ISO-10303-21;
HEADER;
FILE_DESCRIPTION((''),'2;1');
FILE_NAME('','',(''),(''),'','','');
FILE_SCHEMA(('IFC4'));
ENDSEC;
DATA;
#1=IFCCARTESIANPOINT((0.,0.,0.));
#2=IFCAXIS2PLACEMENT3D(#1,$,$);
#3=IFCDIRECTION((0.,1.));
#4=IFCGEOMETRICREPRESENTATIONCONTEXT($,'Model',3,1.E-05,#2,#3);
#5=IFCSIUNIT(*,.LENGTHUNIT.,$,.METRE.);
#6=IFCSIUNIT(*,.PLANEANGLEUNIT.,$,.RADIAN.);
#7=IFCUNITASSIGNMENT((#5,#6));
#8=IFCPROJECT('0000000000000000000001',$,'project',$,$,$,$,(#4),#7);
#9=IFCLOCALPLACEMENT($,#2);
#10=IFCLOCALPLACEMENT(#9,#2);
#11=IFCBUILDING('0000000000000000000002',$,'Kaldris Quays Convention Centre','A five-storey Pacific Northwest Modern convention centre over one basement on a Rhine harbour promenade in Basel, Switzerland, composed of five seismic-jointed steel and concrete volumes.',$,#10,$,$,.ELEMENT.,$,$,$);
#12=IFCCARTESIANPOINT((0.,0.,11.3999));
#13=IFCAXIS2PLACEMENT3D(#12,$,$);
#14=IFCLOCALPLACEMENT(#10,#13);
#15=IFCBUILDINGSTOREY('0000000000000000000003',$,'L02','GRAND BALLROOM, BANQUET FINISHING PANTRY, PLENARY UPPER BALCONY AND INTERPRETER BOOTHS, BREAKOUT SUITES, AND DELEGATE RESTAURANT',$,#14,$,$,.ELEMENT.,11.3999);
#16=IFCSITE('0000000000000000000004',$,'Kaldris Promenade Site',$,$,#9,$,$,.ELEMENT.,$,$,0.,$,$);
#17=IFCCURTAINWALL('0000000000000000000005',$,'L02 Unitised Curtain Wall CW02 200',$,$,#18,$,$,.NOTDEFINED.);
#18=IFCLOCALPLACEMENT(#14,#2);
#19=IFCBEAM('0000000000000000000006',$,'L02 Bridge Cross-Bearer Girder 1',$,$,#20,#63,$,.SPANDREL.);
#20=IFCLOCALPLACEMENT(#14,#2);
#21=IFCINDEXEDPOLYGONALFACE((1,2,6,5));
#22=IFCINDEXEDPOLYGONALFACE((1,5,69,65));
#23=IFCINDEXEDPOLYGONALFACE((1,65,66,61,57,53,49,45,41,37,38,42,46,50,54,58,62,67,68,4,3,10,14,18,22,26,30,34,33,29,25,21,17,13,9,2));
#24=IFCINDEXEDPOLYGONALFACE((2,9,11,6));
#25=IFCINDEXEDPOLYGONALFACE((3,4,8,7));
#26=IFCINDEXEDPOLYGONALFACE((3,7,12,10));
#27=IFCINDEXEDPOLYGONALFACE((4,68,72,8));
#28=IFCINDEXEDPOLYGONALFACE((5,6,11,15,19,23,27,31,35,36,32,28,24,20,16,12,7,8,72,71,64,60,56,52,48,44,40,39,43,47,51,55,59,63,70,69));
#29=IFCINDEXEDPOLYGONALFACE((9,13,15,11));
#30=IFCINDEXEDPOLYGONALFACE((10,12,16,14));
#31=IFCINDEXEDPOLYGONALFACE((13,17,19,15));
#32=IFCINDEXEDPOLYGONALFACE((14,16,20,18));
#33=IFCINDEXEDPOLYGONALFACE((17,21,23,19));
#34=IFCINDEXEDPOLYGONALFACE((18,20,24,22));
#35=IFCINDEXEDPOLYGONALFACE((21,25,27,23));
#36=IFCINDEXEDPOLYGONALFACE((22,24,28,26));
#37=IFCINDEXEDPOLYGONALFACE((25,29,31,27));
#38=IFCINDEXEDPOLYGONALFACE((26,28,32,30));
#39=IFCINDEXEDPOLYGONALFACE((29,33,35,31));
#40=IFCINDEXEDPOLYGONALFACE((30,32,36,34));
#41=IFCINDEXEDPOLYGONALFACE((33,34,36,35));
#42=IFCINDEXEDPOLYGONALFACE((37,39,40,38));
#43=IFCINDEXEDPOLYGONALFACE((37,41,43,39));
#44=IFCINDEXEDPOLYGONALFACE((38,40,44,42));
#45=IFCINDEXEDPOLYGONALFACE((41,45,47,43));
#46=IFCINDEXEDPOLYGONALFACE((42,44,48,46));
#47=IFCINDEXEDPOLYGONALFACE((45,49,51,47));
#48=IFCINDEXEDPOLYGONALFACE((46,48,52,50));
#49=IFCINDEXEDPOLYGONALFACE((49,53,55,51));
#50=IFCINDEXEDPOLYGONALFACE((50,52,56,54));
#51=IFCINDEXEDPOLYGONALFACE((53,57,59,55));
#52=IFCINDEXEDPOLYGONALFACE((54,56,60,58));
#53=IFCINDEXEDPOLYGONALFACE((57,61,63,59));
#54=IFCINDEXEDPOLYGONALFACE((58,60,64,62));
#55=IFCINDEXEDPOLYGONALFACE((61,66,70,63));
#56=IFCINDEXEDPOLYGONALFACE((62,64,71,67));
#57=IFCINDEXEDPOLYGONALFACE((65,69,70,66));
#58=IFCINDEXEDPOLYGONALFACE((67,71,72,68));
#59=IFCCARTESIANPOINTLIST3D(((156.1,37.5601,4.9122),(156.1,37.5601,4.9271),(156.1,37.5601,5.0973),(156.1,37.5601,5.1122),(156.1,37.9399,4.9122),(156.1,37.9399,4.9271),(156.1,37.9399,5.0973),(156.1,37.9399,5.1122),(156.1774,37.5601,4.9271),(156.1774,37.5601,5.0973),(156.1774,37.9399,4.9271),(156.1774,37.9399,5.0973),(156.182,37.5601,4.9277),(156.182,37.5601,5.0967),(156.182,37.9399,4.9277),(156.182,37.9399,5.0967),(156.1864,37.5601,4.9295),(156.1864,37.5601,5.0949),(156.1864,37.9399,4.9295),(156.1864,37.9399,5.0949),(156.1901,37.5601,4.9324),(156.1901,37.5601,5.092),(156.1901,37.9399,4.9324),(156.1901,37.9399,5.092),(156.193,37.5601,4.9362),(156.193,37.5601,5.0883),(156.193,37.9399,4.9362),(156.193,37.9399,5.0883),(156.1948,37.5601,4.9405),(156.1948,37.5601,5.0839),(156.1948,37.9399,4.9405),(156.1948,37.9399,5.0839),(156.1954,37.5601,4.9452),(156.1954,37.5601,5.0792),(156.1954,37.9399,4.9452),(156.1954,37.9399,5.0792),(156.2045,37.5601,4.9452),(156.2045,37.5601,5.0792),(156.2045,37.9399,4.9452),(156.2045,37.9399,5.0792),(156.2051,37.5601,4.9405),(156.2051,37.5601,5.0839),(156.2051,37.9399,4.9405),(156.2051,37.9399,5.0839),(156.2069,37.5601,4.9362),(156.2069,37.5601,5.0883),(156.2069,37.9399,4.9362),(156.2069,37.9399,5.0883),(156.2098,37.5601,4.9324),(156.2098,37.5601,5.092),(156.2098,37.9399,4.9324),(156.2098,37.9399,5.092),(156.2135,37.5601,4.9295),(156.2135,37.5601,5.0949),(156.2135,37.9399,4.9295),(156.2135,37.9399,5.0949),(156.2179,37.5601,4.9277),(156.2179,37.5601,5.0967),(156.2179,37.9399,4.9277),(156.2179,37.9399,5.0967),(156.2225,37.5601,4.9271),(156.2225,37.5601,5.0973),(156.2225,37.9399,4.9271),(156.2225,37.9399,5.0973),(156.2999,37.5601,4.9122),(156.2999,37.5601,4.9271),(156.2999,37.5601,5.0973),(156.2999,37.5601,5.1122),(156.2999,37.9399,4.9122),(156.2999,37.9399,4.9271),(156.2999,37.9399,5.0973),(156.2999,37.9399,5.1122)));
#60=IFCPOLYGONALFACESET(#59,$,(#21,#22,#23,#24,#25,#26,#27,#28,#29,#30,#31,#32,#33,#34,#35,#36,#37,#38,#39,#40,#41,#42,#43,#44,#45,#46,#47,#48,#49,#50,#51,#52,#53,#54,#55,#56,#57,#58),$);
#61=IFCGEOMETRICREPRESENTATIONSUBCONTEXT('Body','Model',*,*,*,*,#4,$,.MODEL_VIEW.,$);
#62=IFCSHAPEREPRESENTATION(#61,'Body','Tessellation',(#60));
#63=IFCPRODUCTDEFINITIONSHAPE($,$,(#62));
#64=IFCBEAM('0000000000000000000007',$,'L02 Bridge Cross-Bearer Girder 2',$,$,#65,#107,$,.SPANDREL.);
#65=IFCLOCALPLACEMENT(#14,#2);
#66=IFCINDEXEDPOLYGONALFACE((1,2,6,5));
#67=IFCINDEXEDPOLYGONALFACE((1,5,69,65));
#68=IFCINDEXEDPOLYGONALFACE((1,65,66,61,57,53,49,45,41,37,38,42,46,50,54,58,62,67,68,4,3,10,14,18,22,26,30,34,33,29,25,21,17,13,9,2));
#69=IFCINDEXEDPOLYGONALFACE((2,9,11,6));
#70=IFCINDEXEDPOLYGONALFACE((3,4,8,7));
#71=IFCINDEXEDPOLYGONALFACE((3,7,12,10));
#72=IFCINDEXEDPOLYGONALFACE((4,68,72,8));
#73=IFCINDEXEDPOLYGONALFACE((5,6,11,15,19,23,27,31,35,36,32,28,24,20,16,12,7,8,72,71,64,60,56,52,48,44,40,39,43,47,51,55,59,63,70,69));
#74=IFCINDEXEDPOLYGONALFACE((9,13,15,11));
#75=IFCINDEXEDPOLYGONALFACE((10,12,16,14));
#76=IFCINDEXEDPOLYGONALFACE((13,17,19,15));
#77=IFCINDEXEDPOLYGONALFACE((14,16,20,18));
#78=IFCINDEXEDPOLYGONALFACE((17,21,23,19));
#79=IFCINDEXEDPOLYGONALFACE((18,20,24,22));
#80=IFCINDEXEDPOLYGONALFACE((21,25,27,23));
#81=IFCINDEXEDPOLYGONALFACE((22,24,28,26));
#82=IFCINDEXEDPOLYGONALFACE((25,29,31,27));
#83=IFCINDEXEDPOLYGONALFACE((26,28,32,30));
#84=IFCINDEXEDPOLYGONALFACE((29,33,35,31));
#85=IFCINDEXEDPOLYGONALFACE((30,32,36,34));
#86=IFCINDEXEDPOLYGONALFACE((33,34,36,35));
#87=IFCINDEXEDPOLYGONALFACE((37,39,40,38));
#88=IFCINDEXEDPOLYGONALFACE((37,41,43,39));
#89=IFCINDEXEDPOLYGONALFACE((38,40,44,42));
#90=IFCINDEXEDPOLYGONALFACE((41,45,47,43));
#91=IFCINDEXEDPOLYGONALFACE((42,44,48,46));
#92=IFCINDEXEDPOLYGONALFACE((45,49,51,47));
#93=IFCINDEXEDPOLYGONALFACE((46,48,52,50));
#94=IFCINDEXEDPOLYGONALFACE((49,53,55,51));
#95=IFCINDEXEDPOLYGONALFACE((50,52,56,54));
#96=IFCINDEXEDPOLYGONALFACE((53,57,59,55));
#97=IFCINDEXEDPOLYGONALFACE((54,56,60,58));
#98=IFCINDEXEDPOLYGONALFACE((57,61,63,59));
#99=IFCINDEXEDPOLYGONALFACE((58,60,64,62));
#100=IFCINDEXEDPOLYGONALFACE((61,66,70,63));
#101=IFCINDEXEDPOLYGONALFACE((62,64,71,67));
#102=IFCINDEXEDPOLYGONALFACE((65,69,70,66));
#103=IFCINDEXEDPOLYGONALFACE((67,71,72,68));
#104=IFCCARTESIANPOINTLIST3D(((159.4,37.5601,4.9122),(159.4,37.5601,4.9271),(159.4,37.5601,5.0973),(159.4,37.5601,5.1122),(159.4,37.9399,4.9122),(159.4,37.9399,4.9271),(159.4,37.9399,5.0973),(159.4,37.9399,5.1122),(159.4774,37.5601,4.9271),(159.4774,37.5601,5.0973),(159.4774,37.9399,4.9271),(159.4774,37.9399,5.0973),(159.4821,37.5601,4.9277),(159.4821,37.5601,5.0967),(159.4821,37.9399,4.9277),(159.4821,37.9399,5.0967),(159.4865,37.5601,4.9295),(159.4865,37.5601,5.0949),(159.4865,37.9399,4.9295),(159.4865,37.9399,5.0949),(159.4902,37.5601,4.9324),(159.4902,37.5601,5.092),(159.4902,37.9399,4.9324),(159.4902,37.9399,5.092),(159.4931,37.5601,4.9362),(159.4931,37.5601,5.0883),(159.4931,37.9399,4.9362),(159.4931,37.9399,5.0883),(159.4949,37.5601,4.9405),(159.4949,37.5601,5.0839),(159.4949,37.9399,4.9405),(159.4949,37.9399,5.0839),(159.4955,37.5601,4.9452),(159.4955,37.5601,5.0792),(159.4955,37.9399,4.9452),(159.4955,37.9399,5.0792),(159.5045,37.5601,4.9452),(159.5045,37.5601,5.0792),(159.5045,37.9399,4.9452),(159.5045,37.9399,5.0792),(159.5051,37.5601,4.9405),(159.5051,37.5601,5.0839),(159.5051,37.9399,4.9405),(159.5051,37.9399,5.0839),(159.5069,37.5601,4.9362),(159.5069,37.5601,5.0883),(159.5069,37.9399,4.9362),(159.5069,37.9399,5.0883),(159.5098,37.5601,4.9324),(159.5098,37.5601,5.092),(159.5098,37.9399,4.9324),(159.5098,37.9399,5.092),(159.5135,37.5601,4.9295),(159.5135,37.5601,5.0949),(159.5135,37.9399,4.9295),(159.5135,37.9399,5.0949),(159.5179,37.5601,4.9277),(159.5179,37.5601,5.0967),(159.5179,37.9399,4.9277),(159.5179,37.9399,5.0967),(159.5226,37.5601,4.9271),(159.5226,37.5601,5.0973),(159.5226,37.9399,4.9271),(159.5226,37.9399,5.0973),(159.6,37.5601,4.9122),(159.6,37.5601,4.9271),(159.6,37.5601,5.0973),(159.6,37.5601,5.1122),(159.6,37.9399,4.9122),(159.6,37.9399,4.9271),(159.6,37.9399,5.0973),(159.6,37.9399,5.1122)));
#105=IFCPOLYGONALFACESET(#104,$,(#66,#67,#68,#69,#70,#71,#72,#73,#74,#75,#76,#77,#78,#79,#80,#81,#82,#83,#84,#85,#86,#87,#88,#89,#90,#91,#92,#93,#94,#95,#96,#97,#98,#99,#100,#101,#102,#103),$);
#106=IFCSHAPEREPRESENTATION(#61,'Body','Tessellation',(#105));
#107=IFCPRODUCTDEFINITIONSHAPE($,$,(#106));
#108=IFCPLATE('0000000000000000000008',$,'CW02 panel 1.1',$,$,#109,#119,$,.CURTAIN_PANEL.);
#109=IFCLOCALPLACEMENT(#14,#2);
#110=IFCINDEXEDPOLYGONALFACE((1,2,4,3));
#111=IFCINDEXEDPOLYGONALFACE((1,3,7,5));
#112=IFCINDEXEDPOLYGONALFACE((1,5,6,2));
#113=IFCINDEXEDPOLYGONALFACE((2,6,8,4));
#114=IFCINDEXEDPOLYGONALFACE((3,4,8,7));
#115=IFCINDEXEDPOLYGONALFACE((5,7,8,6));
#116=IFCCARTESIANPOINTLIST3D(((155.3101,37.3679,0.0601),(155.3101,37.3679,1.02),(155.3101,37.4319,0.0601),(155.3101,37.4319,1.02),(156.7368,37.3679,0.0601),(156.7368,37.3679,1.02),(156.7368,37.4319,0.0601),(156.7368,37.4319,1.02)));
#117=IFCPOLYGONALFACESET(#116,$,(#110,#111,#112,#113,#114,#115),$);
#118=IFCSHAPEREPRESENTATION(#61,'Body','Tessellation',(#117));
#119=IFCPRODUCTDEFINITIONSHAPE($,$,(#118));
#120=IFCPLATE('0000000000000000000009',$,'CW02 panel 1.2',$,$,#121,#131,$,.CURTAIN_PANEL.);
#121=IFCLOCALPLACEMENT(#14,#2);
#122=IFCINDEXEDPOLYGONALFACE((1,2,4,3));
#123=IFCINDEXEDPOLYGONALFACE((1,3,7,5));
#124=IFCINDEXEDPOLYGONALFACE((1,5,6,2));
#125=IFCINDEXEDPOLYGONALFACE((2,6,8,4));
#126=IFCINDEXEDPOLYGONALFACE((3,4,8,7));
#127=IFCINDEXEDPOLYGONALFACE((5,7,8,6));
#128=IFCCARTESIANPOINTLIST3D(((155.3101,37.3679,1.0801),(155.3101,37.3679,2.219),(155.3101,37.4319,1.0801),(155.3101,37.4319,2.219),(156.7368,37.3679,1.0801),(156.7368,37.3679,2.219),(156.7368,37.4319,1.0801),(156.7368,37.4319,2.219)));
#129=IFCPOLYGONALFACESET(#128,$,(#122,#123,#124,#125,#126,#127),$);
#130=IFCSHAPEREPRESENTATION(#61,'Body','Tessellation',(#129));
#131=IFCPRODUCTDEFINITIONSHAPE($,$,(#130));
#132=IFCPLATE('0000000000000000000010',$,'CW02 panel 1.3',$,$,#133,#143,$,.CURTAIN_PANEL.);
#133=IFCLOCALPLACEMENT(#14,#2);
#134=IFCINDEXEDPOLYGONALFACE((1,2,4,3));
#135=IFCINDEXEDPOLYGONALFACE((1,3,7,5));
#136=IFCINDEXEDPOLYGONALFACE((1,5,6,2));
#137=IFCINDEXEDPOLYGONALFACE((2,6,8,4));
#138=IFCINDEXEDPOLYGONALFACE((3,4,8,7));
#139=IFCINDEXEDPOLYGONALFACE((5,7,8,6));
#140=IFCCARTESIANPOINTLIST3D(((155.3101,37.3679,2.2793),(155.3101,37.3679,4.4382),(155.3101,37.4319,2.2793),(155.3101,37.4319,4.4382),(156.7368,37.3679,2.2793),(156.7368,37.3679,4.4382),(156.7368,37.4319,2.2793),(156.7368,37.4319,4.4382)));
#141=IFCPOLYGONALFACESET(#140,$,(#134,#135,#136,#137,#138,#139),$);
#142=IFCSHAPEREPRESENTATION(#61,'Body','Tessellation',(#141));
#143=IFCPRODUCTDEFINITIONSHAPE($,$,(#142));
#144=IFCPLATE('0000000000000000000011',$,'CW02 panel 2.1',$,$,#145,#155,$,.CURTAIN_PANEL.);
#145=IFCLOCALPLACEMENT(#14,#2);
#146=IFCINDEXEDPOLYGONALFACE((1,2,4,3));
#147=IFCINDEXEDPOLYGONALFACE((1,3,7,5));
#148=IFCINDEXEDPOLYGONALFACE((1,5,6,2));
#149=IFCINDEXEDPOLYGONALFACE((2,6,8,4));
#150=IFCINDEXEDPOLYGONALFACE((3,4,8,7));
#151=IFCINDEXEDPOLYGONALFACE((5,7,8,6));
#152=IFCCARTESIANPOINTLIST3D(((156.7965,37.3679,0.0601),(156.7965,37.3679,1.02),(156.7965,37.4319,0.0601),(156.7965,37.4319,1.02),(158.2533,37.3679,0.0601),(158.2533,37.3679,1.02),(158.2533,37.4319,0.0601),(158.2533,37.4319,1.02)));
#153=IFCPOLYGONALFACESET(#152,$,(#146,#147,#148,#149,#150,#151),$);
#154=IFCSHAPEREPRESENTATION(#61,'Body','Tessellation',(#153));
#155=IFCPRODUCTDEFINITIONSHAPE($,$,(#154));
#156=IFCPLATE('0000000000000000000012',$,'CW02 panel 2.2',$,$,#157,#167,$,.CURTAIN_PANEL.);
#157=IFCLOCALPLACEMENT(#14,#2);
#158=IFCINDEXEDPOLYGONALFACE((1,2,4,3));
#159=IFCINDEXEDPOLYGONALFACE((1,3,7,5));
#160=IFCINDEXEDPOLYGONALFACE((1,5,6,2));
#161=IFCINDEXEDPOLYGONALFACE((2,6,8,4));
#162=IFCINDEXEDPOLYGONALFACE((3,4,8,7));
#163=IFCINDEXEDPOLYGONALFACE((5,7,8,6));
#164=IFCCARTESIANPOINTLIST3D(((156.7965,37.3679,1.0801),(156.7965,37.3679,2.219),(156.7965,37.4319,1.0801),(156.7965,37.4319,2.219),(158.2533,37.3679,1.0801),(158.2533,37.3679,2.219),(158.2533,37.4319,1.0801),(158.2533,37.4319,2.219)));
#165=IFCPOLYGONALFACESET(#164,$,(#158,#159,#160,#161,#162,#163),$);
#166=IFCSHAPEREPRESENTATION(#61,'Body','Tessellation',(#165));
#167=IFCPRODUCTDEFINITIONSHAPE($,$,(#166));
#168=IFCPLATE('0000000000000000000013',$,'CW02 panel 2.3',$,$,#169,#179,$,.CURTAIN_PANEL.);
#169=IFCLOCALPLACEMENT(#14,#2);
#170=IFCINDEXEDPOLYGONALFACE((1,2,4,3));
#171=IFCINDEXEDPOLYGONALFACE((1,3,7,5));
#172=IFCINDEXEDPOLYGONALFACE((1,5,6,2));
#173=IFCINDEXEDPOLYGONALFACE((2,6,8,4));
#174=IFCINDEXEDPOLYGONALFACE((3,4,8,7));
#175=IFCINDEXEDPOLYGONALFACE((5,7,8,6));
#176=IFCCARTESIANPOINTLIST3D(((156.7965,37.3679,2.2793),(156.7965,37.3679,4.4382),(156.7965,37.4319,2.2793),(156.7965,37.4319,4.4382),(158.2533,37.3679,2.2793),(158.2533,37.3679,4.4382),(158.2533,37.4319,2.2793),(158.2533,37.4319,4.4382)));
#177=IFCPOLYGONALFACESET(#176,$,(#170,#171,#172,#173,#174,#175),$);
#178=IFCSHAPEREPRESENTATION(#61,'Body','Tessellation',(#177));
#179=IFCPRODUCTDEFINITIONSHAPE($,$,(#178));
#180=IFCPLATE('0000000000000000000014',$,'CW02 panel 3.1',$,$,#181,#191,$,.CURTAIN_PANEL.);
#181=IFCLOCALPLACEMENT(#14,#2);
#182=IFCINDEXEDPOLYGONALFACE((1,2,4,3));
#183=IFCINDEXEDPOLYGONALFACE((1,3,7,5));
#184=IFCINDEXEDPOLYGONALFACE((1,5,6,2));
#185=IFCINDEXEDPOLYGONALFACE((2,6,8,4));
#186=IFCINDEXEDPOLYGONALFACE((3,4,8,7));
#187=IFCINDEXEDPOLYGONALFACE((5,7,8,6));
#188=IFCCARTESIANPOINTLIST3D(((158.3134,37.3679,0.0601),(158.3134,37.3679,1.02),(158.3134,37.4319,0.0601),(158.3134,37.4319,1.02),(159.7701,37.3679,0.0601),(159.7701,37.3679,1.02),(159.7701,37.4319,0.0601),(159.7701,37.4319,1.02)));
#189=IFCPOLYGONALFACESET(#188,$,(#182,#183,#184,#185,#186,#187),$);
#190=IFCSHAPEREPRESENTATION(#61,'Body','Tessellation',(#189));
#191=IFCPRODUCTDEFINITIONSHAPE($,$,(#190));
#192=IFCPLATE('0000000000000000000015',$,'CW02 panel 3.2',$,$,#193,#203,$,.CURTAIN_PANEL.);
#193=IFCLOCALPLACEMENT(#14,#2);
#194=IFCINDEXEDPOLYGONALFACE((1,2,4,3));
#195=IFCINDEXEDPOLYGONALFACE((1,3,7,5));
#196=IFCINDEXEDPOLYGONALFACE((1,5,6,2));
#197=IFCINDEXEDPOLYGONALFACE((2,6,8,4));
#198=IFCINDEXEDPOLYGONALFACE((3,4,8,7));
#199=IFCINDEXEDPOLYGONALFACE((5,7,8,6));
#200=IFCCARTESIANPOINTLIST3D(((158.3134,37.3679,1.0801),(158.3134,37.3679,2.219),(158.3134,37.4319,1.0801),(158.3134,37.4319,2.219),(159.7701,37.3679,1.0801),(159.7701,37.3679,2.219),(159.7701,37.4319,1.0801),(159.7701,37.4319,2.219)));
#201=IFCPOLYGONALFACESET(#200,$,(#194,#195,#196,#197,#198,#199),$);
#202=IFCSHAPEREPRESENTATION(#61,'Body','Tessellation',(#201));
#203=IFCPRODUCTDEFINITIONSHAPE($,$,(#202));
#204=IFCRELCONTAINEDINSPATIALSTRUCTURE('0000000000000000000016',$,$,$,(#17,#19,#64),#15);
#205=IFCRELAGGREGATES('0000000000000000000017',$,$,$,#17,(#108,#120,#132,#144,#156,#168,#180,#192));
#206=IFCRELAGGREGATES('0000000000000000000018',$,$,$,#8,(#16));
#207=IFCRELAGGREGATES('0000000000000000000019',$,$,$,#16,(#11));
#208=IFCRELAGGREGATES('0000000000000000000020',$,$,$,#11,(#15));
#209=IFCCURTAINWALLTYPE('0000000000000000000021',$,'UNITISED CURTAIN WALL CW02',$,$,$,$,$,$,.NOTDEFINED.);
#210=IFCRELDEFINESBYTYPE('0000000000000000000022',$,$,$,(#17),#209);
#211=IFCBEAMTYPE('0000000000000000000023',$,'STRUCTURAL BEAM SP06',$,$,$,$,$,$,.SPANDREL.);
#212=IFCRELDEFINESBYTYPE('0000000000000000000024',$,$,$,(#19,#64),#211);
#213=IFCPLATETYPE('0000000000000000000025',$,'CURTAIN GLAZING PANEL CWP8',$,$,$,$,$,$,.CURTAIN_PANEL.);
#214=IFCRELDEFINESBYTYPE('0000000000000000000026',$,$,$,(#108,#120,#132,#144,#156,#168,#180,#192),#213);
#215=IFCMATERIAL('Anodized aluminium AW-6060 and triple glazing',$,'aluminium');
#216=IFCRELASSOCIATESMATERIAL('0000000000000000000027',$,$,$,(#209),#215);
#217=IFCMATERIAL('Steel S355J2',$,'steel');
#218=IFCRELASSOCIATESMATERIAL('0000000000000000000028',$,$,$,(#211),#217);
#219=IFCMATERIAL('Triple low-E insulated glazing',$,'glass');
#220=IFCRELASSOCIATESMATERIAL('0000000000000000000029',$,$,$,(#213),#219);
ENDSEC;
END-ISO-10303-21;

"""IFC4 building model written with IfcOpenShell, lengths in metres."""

from ifc_helpers import new_model, si_unit, direction, frame, origin, origin_2d, place, context, subcontext, project, spatial, rectangle, i_section, extrude, material, material_profile, profile_set, type_object, element, aggregate, save


model = new_model("IFC4")

# Units and contexts
model_context = context("Model", 3, precision=1e-05, world=origin(), true_north=direction((0.0, 1.0)))
body_context = subcontext(model_context, "Body", "Model", "MODEL_VIEW")
ifc_project = project(units=[si_unit("LENGTHUNIT", "METRE"), si_unit("PLANEANGLEUNIT", "RADIAN")], contexts=[model_context])

# Site, building, storey
site_placement = place(None, origin())
site = spatial("IfcSite", under=ifc_project, at=site_placement, Name="Kaldris Promenade Site", CompositionType="ELEMENT", RefElevation=0.0)
building_placement = place(site_placement, origin())
building = spatial("IfcBuilding", under=site, at=building_placement, Name="Kaldris Quays Convention Centre", Description="A five-storey Pacific Northwest Modern convention centre over one basement on a Rhine harbour promenade in Basel, Switzerland, composed of five seismic-jointed steel and concrete volumes.", CompositionType="ELEMENT")
storey_placement = place(building_placement, frame((0.0, 0.0, 11.3999)))
storey = spatial("IfcBuildingStorey", under=building, at=storey_placement, Name="L02", Description="GRAND BALLROOM, BANQUET FINISHING PANTRY, PLENARY UPPER BALCONY AND INTERPRETER BOOTHS, BREAKOUT SUITES, AND DELEGATE RESTAURANT", CompositionType="ELEMENT", Elevation=11.3999)

# Curtain wall
ifc_material_1 = material(Name="Anodized aluminium AW-6060 and triple glazing", Category="aluminium")
curtain_wall_type = type_object("IfcCurtainWallType", Name="UNITISED CURTAIN WALL CW02", PredefinedType="NOTDEFINED", material=ifc_material_1)
curtain_wall_placement = place(storey_placement, origin())
curtain_wall = element("IfcCurtainWall", 1, at=curtain_wall_placement, inside=storey, type_object=curtain_wall_type, Name="L02 Unitised Curtain Wall CW02 200", PredefinedType="NOTDEFINED")

# Beams
ifc_material_2 = material(Name="Steel S355J2", Category="steel")
ifc_material_profile_1 = material_profile(ifc_material_2, i_section(OverallWidth=0.2, OverallDepth=0.2, WebThickness=0.009, FlangeThickness=0.0149, FilletRadius=0.0181, at=origin_2d()), Name="HEB 200")
ifc_profile_set_1 = profile_set([ifc_material_profile_1], Name="Steel S355J2")
beam_type_1 = type_object("IfcBeamType", Name="STRUCTURAL BEAM SP06", PredefinedType="SPANDREL", material=ifc_profile_set_1)
for number, where, z_axis, x_axis, name in (
    (2, (156.2, 37.5601, 5.0122), (0.0, 1.0, 0.0), (-1.0, 0.0, 0.0), "L02 Bridge Cross-Bearer Girder 1"),
    (3, (159.5, 37.5601, 5.0122), (0.0, 1.0, 0.0), (-1.0, 0.0, 0.0), "L02 Bridge Cross-Bearer Girder 2"),
):
    element("IfcBeam", number, at=place(storey_placement, frame(where, z_axis=z_axis, x_axis=x_axis)), inside=storey, type_object=beam_type_1, Name=name, PredefinedType="SPANDREL", context=body_context, shape_type="SweptSolid", body=[
        extrude(i_section(OverallWidth=0.2, OverallDepth=0.2, WebThickness=0.009, FlangeThickness=0.0149, FilletRadius=0.0181, at=origin_2d()), origin(), (0.0, 0.0, 1.0), 0.3799),
    ])

# Plates
ifc_material_3 = material(Name="Triple low-E insulated glazing", Category="glass")
plate_type = type_object("IfcPlateType", Name="CURTAIN GLAZING PANEL CWP8", PredefinedType="CURTAIN_PANEL", material=ifc_material_3)
plate_1_placement = place(storey_placement, frame((156.0234, 37.3999, 0.0601), z_axis=(0.0, 0.0, 1.0), x_axis=(1.0, 0.0, 0.0)))
plate_1 = element("IfcPlate", 4, at=plate_1_placement, type_object=plate_type, Name="CW02 panel 1.1", PredefinedType="CURTAIN_PANEL", context=body_context, shape_type="SweptSolid", body=[
    extrude(rectangle(XDim=1.4268, YDim=0.064, at=origin_2d()), origin(), (0.0, 0.0, 1.0), 0.96),
])
plate_2_placement = place(storey_placement, frame((156.0234, 37.3999, 1.0801), z_axis=(0.0, 0.0, 1.0), x_axis=(1.0, 0.0, 0.0)))
plate_2 = element("IfcPlate", 5, at=plate_2_placement, type_object=plate_type, Name="CW02 panel 1.2", PredefinedType="CURTAIN_PANEL", context=body_context, shape_type="SweptSolid", body=[
    extrude(rectangle(XDim=1.4268, YDim=0.064, at=origin_2d()), origin(), (0.0, 0.0, 1.0), 1.1389),
])
plate_3_placement = place(storey_placement, frame((156.0234, 37.3999, 2.2793), z_axis=(0.0, 0.0, 1.0), x_axis=(1.0, 0.0, 0.0)))
plate_3 = element("IfcPlate", 6, at=plate_3_placement, type_object=plate_type, Name="CW02 panel 1.3", PredefinedType="CURTAIN_PANEL", context=body_context, shape_type="SweptSolid", body=[
    extrude(rectangle(XDim=1.4268, YDim=0.064, at=origin_2d()), origin(), (0.0, 0.0, 1.0), 2.1589),
])
plate_4_placement = place(storey_placement, frame((157.5249, 37.3999, 0.0601), z_axis=(0.0, 0.0, 1.0), x_axis=(1.0, 0.0, 0.0)))
plate_4 = element("IfcPlate", 7, at=plate_4_placement, type_object=plate_type, Name="CW02 panel 2.1", PredefinedType="CURTAIN_PANEL", context=body_context, shape_type="SweptSolid", body=[
    extrude(rectangle(XDim=1.4568, YDim=0.064, at=origin_2d()), origin(), (0.0, 0.0, 1.0), 0.96),
])
plate_5_placement = place(storey_placement, frame((157.5249, 37.3999, 1.0801), z_axis=(0.0, 0.0, 1.0), x_axis=(1.0, 0.0, 0.0)))
plate_5 = element("IfcPlate", 8, at=plate_5_placement, type_object=plate_type, Name="CW02 panel 2.2", PredefinedType="CURTAIN_PANEL", context=body_context, shape_type="SweptSolid", body=[
    extrude(rectangle(XDim=1.4568, YDim=0.064, at=origin_2d()), origin(), (0.0, 0.0, 1.0), 1.1389),
])
plate_6_placement = place(storey_placement, frame((157.5249, 37.3999, 2.2793), z_axis=(0.0, 0.0, 1.0), x_axis=(1.0, 0.0, 0.0)))
plate_6 = element("IfcPlate", 9, at=plate_6_placement, type_object=plate_type, Name="CW02 panel 2.3", PredefinedType="CURTAIN_PANEL", context=body_context, shape_type="SweptSolid", body=[
    extrude(rectangle(XDim=1.4568, YDim=0.064, at=origin_2d()), origin(), (0.0, 0.0, 1.0), 2.1589),
])
plate_7_placement = place(storey_placement, frame((159.0417, 37.3999, 0.0601), z_axis=(0.0, 0.0, 1.0), x_axis=(1.0, 0.0, 0.0)))
plate_7 = element("IfcPlate", 10, at=plate_7_placement, type_object=plate_type, Name="CW02 panel 3.1", PredefinedType="CURTAIN_PANEL", context=body_context, shape_type="SweptSolid", body=[
    extrude(rectangle(XDim=1.4568, YDim=0.064, at=origin_2d()), origin(), (0.0, 0.0, 1.0), 0.96),
])
plate_8_placement = place(storey_placement, frame((159.0417, 37.3999, 1.0801), z_axis=(0.0, 0.0, 1.0), x_axis=(1.0, 0.0, 0.0)))
plate_8 = element("IfcPlate", 11, at=plate_8_placement, type_object=plate_type, Name="CW02 panel 3.2", PredefinedType="CURTAIN_PANEL", context=body_context, shape_type="SweptSolid", body=[
    extrude(rectangle(XDim=1.4568, YDim=0.064, at=origin_2d()), origin(), (0.0, 0.0, 1.0), 1.1389),
])
aggregate(curtain_wall, [plate_1, plate_2, plate_3, plate_4, plate_5, plate_6, plate_7, plate_8])

save(model, "model.ifc")
